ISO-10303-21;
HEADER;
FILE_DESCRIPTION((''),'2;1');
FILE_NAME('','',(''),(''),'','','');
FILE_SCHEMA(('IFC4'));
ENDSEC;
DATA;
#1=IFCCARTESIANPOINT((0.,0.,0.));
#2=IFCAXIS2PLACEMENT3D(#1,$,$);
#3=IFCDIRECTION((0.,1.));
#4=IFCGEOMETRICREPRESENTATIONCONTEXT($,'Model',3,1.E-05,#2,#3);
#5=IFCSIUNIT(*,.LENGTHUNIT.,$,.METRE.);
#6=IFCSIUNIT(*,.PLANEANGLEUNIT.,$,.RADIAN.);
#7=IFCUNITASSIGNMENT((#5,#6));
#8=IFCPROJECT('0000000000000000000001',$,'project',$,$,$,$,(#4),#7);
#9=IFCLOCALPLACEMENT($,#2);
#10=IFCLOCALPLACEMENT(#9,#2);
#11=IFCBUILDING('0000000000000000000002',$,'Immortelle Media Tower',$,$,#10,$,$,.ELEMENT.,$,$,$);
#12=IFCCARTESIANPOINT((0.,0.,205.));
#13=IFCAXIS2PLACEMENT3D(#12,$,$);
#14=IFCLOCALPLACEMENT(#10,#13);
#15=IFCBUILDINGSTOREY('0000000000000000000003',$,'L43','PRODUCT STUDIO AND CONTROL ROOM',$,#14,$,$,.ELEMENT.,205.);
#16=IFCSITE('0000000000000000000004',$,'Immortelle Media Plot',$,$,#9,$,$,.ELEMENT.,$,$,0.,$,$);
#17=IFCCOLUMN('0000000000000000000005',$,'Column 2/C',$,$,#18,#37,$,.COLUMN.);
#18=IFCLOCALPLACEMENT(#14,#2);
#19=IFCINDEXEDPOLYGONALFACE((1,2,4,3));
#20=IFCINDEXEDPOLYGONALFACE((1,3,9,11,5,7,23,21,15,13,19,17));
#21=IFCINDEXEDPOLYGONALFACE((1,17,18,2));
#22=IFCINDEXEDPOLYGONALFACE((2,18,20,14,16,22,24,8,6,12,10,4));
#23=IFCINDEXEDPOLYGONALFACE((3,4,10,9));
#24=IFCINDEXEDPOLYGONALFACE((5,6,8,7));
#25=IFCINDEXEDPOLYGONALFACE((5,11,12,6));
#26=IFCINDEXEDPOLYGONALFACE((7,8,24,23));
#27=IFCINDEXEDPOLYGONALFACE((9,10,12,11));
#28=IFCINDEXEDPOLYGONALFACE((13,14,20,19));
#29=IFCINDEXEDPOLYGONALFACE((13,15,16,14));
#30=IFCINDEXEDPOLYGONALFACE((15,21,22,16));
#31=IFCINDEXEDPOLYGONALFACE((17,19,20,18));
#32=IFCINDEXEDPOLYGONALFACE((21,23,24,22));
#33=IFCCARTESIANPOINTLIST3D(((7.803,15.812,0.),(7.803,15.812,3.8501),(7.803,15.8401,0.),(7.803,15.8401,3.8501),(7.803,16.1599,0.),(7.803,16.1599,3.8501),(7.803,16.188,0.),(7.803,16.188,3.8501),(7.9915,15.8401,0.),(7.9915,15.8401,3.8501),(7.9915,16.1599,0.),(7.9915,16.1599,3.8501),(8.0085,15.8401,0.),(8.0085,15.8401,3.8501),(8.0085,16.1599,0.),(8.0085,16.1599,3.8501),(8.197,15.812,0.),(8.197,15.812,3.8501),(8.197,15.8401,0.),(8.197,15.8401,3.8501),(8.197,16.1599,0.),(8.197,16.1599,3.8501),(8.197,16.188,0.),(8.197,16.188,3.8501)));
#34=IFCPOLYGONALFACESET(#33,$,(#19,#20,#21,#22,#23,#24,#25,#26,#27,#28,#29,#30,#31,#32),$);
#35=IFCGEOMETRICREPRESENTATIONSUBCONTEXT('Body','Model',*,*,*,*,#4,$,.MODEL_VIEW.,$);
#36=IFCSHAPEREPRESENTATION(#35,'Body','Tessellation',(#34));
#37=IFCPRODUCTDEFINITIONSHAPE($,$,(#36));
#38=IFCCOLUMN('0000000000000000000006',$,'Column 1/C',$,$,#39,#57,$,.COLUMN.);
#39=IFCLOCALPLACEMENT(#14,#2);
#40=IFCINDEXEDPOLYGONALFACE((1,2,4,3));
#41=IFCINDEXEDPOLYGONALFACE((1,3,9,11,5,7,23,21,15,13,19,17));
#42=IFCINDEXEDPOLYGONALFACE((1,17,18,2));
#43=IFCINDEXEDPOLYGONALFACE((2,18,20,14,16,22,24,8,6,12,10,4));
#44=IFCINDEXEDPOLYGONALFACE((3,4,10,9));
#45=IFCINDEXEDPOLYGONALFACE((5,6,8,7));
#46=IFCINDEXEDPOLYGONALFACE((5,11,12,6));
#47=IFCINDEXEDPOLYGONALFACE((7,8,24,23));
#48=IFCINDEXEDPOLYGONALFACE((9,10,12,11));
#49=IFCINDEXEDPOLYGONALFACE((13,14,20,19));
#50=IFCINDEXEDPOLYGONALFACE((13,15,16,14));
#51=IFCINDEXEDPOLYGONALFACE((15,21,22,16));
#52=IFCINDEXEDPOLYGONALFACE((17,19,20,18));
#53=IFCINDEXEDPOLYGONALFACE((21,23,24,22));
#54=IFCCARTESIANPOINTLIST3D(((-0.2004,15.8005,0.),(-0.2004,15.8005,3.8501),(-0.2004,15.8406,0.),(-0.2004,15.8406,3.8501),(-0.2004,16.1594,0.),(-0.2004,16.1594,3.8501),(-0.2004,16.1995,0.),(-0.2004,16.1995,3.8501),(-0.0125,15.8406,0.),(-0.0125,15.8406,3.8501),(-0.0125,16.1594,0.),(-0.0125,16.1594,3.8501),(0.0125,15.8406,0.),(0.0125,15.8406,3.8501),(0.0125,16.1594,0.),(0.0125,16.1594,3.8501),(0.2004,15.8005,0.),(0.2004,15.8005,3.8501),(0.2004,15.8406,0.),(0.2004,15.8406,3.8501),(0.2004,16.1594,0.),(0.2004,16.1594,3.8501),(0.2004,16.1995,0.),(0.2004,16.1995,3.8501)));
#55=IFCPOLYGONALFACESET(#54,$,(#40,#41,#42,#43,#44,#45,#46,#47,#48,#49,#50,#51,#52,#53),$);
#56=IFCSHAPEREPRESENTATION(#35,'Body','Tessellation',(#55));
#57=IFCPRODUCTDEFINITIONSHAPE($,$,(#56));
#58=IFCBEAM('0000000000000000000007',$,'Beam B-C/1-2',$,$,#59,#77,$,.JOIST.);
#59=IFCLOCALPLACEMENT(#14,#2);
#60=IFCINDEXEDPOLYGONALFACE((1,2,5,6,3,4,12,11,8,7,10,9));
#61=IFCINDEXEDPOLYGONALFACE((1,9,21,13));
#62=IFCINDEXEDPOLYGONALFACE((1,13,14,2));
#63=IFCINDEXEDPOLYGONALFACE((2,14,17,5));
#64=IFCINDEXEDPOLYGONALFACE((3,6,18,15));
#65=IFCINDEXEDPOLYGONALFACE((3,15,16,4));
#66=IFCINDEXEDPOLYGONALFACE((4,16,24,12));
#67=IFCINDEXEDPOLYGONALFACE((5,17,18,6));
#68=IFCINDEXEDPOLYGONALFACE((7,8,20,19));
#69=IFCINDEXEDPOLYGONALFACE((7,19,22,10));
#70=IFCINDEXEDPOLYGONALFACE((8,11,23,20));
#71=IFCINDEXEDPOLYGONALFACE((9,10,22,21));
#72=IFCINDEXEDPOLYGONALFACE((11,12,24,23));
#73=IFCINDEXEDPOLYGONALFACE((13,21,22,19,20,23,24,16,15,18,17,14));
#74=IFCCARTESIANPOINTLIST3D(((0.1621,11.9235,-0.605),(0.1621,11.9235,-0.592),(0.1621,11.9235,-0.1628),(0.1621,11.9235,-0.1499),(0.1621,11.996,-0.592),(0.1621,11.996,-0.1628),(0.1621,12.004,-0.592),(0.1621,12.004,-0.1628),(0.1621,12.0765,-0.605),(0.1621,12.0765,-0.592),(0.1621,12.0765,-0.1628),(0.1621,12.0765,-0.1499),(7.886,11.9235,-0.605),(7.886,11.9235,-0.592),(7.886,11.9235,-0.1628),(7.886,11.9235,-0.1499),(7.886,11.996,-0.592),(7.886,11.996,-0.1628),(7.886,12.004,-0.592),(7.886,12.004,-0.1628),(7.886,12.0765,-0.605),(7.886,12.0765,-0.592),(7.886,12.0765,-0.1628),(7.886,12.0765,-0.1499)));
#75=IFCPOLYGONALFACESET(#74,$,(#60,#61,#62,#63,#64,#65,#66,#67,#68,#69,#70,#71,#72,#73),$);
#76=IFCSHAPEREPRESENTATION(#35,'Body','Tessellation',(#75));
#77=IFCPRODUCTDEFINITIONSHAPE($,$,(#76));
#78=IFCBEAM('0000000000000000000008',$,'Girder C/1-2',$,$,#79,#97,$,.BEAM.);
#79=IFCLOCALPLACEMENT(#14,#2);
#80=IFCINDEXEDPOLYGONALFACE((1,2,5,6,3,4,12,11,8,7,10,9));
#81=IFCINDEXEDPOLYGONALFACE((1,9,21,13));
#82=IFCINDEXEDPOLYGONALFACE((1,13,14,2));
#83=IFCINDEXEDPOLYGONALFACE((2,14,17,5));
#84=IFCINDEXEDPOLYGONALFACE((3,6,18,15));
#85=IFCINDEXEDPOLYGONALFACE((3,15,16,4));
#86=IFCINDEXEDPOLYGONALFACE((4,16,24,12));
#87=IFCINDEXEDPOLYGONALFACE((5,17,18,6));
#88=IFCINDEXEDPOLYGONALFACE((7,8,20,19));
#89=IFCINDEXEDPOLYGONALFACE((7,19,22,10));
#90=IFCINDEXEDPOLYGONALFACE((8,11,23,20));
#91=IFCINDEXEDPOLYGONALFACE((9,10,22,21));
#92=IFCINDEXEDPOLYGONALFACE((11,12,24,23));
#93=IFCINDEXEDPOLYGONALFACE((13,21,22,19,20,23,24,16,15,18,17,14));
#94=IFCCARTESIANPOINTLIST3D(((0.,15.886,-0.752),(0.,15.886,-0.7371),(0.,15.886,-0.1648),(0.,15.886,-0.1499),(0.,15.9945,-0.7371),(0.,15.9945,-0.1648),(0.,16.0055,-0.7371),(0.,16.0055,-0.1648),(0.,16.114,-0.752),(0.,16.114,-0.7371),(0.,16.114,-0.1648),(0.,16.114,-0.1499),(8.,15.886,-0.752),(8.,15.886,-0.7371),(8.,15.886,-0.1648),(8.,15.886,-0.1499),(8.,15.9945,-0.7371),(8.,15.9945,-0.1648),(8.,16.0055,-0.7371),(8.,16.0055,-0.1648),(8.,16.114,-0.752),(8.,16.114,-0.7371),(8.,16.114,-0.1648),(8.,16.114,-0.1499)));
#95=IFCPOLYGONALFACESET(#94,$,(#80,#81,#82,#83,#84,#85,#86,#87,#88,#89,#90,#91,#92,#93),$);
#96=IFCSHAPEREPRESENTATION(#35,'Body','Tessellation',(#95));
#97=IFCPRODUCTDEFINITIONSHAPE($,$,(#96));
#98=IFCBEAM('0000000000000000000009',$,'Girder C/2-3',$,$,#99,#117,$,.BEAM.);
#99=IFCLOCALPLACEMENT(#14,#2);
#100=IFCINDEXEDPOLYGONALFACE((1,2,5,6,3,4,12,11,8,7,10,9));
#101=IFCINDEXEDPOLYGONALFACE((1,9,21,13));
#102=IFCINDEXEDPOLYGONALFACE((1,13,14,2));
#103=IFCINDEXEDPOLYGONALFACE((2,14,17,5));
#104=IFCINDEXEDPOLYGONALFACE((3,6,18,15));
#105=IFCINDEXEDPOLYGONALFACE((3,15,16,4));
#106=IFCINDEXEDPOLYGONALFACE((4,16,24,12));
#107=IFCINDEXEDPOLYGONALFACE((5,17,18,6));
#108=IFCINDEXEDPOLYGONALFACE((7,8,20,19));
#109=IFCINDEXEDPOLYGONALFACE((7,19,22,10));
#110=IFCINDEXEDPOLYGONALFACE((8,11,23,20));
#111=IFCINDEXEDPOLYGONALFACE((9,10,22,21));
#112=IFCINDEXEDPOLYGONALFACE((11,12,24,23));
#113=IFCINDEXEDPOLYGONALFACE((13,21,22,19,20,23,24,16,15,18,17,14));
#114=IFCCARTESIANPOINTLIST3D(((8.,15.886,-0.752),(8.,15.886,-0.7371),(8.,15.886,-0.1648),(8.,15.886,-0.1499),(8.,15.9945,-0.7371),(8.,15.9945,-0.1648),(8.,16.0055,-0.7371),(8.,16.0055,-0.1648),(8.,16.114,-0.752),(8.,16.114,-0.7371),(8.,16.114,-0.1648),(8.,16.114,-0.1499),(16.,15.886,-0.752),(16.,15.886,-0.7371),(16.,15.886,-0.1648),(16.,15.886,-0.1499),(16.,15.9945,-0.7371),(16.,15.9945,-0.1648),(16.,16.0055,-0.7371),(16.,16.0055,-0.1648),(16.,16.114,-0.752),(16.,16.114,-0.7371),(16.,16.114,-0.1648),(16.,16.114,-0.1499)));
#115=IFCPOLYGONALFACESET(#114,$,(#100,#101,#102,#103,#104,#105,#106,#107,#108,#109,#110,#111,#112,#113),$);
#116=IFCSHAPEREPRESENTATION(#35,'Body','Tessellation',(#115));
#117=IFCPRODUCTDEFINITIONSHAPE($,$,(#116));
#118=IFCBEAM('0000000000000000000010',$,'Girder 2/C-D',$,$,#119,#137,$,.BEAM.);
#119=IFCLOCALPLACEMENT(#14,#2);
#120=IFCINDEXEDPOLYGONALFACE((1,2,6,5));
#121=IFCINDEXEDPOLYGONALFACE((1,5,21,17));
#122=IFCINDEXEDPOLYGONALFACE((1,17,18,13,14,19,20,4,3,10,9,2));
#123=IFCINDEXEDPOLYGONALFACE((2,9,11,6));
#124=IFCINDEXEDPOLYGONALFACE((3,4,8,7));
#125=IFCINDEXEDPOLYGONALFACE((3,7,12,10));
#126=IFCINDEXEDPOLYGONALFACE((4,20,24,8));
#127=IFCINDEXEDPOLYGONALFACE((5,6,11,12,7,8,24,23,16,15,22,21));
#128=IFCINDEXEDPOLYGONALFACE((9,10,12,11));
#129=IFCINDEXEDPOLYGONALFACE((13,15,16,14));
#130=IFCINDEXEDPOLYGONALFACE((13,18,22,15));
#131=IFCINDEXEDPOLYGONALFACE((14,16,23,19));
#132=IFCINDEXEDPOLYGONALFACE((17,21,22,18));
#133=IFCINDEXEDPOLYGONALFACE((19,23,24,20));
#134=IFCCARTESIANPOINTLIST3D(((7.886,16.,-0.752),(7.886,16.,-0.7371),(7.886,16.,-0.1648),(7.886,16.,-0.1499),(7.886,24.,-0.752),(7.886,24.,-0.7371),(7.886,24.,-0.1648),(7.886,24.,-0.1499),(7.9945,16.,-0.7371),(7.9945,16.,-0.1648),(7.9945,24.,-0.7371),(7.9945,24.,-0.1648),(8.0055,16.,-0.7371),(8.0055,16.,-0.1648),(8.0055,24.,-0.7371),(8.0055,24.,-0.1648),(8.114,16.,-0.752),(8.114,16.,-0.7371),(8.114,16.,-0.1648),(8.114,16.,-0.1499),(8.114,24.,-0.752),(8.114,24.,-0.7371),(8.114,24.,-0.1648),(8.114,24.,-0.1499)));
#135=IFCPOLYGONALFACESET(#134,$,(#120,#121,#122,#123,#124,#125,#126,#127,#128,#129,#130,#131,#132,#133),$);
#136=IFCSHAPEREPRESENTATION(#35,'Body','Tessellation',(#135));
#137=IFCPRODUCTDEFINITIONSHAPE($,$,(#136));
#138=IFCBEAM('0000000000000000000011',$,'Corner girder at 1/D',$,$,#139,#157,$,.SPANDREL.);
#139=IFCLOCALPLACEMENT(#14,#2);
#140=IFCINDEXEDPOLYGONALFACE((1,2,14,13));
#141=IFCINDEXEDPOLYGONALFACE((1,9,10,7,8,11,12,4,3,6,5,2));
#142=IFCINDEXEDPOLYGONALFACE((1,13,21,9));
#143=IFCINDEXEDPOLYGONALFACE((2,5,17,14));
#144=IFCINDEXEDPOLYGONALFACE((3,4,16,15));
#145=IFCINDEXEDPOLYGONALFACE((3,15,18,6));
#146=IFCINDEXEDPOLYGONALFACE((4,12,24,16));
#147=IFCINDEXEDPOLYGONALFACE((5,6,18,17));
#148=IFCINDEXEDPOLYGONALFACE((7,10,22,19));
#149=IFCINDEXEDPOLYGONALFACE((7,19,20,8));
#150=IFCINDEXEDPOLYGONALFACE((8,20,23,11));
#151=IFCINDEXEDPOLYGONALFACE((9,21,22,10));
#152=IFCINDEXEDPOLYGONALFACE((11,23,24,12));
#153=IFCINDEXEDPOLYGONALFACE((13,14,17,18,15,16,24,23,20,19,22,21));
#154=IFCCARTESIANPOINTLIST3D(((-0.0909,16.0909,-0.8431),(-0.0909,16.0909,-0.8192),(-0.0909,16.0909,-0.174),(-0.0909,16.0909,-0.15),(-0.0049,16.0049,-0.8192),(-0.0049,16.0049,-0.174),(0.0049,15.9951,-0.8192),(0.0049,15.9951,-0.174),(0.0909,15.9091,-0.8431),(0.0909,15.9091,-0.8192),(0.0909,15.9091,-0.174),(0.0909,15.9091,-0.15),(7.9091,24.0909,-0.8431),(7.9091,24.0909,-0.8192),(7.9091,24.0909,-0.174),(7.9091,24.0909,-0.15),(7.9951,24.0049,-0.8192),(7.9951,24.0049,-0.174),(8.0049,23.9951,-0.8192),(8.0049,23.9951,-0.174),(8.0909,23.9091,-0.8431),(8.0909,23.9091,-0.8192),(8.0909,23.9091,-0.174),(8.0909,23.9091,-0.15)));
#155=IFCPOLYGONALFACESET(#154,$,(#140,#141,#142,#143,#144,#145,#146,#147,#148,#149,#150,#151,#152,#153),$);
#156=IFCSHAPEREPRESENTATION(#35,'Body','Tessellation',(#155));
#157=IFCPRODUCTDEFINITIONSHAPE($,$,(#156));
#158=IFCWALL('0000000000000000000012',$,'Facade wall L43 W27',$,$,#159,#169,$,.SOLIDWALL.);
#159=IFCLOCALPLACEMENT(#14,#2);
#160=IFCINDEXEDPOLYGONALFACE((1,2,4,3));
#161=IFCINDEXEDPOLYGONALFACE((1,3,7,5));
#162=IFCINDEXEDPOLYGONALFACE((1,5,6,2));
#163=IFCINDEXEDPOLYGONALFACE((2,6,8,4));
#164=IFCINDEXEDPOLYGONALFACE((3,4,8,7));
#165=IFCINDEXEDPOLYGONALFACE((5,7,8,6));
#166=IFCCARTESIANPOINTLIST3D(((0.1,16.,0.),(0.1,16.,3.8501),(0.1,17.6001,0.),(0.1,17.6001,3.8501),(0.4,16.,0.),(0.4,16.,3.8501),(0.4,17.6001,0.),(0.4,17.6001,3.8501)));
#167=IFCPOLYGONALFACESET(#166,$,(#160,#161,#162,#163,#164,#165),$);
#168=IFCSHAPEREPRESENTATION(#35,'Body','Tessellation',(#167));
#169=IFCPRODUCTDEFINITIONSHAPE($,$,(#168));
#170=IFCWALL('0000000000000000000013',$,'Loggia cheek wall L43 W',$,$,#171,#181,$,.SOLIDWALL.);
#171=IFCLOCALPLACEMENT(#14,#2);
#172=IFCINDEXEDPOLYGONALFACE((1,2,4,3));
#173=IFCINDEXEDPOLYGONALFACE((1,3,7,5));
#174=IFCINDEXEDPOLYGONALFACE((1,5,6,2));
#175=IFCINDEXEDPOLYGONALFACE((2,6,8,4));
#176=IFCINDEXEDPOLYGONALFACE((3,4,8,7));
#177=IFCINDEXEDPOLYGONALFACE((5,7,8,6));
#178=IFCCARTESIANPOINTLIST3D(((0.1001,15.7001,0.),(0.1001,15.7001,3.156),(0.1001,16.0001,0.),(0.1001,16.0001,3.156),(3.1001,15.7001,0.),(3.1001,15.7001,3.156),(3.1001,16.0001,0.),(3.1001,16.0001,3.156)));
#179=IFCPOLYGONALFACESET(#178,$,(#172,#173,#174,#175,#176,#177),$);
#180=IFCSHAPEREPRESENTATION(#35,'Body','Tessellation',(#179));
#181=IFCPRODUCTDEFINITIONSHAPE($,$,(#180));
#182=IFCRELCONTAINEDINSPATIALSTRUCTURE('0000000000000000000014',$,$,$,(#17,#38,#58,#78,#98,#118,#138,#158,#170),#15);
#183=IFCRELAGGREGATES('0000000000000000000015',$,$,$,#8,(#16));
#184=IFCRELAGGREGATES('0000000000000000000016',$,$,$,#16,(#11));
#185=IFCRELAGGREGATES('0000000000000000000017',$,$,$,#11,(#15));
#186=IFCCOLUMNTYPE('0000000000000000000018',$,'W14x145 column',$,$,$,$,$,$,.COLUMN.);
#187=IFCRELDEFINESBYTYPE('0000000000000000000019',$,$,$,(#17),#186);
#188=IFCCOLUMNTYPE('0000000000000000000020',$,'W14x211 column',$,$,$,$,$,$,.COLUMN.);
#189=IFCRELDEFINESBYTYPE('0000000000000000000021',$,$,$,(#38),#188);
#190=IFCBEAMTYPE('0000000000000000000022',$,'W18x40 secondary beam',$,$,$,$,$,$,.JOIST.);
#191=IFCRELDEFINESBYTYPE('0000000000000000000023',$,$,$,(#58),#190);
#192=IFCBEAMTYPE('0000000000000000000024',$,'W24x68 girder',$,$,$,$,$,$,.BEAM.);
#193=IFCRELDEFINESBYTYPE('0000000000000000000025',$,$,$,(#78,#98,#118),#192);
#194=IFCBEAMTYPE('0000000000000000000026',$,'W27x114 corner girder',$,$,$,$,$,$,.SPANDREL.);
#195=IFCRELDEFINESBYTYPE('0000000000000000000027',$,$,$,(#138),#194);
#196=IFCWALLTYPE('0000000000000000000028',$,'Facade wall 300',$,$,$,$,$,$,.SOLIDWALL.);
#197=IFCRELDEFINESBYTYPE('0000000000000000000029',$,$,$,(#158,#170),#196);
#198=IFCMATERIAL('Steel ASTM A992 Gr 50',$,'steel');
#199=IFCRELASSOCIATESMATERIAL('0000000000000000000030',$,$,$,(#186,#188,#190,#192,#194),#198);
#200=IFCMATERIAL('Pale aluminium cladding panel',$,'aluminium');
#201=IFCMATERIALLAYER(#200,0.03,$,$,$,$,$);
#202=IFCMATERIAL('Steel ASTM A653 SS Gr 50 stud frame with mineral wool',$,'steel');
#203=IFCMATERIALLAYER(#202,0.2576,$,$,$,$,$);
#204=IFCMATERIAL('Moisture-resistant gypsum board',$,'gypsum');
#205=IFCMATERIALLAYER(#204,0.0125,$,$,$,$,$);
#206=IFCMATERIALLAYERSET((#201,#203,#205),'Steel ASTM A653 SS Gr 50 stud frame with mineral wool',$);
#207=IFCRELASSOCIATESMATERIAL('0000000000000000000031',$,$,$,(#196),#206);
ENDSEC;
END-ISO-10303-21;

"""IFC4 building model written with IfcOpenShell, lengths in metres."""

from ifc_helpers import new_model, si_unit, direction, frame, frame_2d, origin, origin_2d, place, context, subcontext, project, spatial, rectangle, i_section, extrude, material, layer, layer_set, material_profile, profile_set, type_object, element, save


model = new_model("IFC4")

# Units and contexts
model_context = context("Model", 3, precision=1e-05, world=origin(), true_north=direction((0.0, 1.0)))
body_context = subcontext(model_context, "Body", "Model", "MODEL_VIEW")
ifc_project = project(units=[si_unit("LENGTHUNIT", "METRE"), si_unit("PLANEANGLEUNIT", "RADIAN")], contexts=[model_context])

# Site, building, storey
site_placement = place(None, origin())
site = spatial("IfcSite", under=ifc_project, at=site_placement, Name="Immortelle Media Plot", CompositionType="ELEMENT", RefElevation=0.0)
building_placement = place(site_placement, origin())
building = spatial("IfcBuilding", under=site, at=building_placement, Name="Immortelle Media Tower", CompositionType="ELEMENT")
storey_placement = place(building_placement, frame((0.0, 0.0, 205.0)))
storey = spatial("IfcBuildingStorey", under=building, at=storey_placement, Name="L43", Description="PRODUCT STUDIO AND CONTROL ROOM", CompositionType="ELEMENT", Elevation=205.0)

# Columns
ifc_material_1 = material(Name="Steel ASTM A992 Gr 50", Category="steel")
ifc_material_profile_1 = material_profile(ifc_material_1, i_section(OverallWidth=0.394, OverallDepth=0.376, WebThickness=0.0171, FlangeThickness=0.0281, at=origin_2d()), Name="W14x145")
ifc_profile_set_1 = profile_set([ifc_material_profile_1], Name="Steel ASTM A992 Gr 50")
column_type_1 = type_object("IfcColumnType", Name="W14x145 column", PredefinedType="COLUMN", material=ifc_profile_set_1)
column_1_placement = place(storey_placement, frame((8.0, 16.0, 0.0), z_axis=(0.0, 0.0, 1.0), x_axis=(1.0, 0.0, 0.0)))
element("IfcColumn", 1, at=column_1_placement, inside=storey, type_object=column_type_1, Name="Column 2/C", PredefinedType="COLUMN", context=body_context, shape_type="SweptSolid", body=[
    extrude(i_section(OverallWidth=0.394, OverallDepth=0.376, WebThickness=0.0171, FlangeThickness=0.0281, at=origin_2d()), origin(), (0.0, 0.0, 1.0), 3.8501),
])
ifc_material_profile_2 = material_profile(ifc_material_1, i_section(OverallWidth=0.4009, OverallDepth=0.3989, WebThickness=0.0249, FlangeThickness=0.04, at=origin_2d()), Name="W14x211")
ifc_profile_set_2 = profile_set([ifc_material_profile_2], Name="Steel ASTM A992 Gr 50")
column_type_2 = type_object("IfcColumnType", Name="W14x211 column", PredefinedType="COLUMN", material=ifc_profile_set_2)
column_2_placement = place(storey_placement, frame((0.0, 16.0, 0.0), z_axis=(0.0, 0.0, 1.0), x_axis=(1.0, 0.0, 0.0)))
element("IfcColumn", 2, at=column_2_placement, inside=storey, type_object=column_type_2, Name="Column 1/C", PredefinedType="COLUMN", context=body_context, shape_type="SweptSolid", body=[
    extrude(i_section(OverallWidth=0.4009, OverallDepth=0.3989, WebThickness=0.0249, FlangeThickness=0.04, at=origin_2d()), origin(), (0.0, 0.0, 1.0), 3.8501),
])

# Beams
ifc_material_profile_3 = material_profile(ifc_material_1, i_section(OverallWidth=0.1531, OverallDepth=0.4551, WebThickness=0.0081, FlangeThickness=0.0129, at=origin_2d()), Name="W18x40")
ifc_profile_set_3 = profile_set([ifc_material_profile_3], Name="Steel ASTM A992 Gr 50")
beam_type_1 = type_object("IfcBeamType", Name="W18x40 secondary beam", PredefinedType="JOIST", material=ifc_profile_set_3)
beam_1_placement = place(storey_placement, frame((0.1621, 12.0, -0.3774), z_axis=(1.0, 0.0, 0.0), x_axis=(0.0, 1.0, 0.0)))
element("IfcBeam", 3, at=beam_1_placement, inside=storey, type_object=beam_type_1, Name="Beam B-C/1-2", PredefinedType="JOIST", context=body_context, shape_type="SweptSolid", body=[
    extrude(i_section(OverallWidth=0.1531, OverallDepth=0.4551, WebThickness=0.0081, FlangeThickness=0.0129, at=origin_2d()), origin(), (0.0, 0.0, 1.0), 7.7239),
])
ifc_material_profile_4 = material_profile(ifc_material_1, i_section(OverallWidth=0.228, OverallDepth=0.6021, WebThickness=0.011, FlangeThickness=0.0149, at=origin_2d()), Name="W24x68")
ifc_profile_set_4 = profile_set([ifc_material_profile_4], Name="Steel ASTM A992 Gr 50")
beam_type_2 = type_object("IfcBeamType", Name="W24x68 girder", PredefinedType="BEAM", material=ifc_profile_set_4)
for number, where, z_axis, x_axis, name in (
    (4, (0.0, 16.0, -0.4509), (1.0, 0.0, 0.0), (0.0, 1.0, 0.0), "Girder C/1-2"),
    (5, (8.0, 16.0, -0.4509), (1.0, 0.0, 0.0), (0.0, 1.0, 0.0), "Girder C/2-3"),
    (6, (8.0, 16.0, -0.4509), (0.0, 1.0, 0.0), (-1.0, 0.0, 0.0), "Girder 2/C-D"),
):
    element("IfcBeam", number, at=place(storey_placement, frame(where, z_axis=z_axis, x_axis=x_axis)), inside=storey, type_object=beam_type_2, Name=name, PredefinedType="BEAM", context=body_context, shape_type="SweptSolid", body=[
        extrude(i_section(OverallWidth=0.228, OverallDepth=0.6021, WebThickness=0.011, FlangeThickness=0.0149, at=origin_2d()), origin(), (0.0, 0.0, 1.0), 8.0),
    ])
ifc_material_profile_5 = material_profile(ifc_material_1, i_section(OverallWidth=0.2571, OverallDepth=0.6931, WebThickness=0.0139, FlangeThickness=0.0239, at=origin_2d()), Name="W27x114")
ifc_profile_set_5 = profile_set([ifc_material_profile_5], Name="Steel ASTM A992 Gr 50")
beam_type_3 = type_object("IfcBeamType", Name="W27x114 corner girder", PredefinedType="SPANDREL", material=ifc_profile_set_5)
beam_2_placement = place(storey_placement, frame((0.0, 16.0, -0.4966), z_axis=(0.707107, 0.707107, 0.0), x_axis=(-0.707107, 0.707107, 0.0)))
element("IfcBeam", 7, at=beam_2_placement, inside=storey, type_object=beam_type_3, Name="Corner girder at 1/D", PredefinedType="SPANDREL", context=body_context, shape_type="SweptSolid", body=[
    extrude(i_section(OverallWidth=0.2571, OverallDepth=0.6931, WebThickness=0.0139, FlangeThickness=0.0239, at=origin_2d()), origin(), (0.0, 0.0, 1.0), 11.3137),
])

# Wall
ifc_material_2 = material(Name="Pale aluminium cladding panel", Category="aluminium")
ifc_layer_1 = layer(ifc_material_2, 0.03)
ifc_material_3 = material(Name="Steel ASTM A653 SS Gr 50 stud frame with mineral wool", Category="steel")
ifc_layer_2 = layer(ifc_material_3, 0.2576)
ifc_material_4 = material(Name="Moisture-resistant gypsum board", Category="gypsum")
ifc_layer_3 = layer(ifc_material_4, 0.0125)
ifc_layer_set_1 = layer_set([ifc_layer_1, ifc_layer_2, ifc_layer_3], Name="Steel ASTM A653 SS Gr 50 stud frame with mineral wool")
wall_type_1 = type_object("IfcWallType", Name="Facade wall 300", PredefinedType="SOLIDWALL", material=ifc_layer_set_1)
wall_1_placement = place(storey_placement, frame((0.25, 17.6001, 0.0), z_axis=(0.0, 0.0, 1.0), x_axis=(0.0, -1.0, 0.0)))
element("IfcWall", 8, at=wall_1_placement, inside=storey, type_object=wall_type_1, Name="Facade wall L43 W27", PredefinedType="SOLIDWALL", context=body_context, shape_type="SweptSolid", body=[
    extrude(rectangle(XDim=1.6001, YDim=0.3, at=frame_2d((0.8, 0.0))), origin(), (0.0, 0.0, 1.0), 3.8501),
])

# Wall
for number, where, z_axis, x_axis, name in (
    (9, (0.1001, 15.8501, 0.0), (0.0, 0.0, 1.0), (1.0, 0.0, 0.0), "Loggia cheek wall L43 W"),
):
    element("IfcWall", number, at=place(storey_placement, frame(where, z_axis=z_axis, x_axis=x_axis)), inside=storey, type_object=wall_type_1, Name=name, PredefinedType="SOLIDWALL", context=body_context, shape_type="SweptSolid", body=[
        extrude(rectangle(XDim=3.0, YDim=0.3, at=frame_2d((1.5, 0.0))), origin(), (0.0, 0.0, 1.0), 3.156),
    ])

save(model, "model.ifc")
